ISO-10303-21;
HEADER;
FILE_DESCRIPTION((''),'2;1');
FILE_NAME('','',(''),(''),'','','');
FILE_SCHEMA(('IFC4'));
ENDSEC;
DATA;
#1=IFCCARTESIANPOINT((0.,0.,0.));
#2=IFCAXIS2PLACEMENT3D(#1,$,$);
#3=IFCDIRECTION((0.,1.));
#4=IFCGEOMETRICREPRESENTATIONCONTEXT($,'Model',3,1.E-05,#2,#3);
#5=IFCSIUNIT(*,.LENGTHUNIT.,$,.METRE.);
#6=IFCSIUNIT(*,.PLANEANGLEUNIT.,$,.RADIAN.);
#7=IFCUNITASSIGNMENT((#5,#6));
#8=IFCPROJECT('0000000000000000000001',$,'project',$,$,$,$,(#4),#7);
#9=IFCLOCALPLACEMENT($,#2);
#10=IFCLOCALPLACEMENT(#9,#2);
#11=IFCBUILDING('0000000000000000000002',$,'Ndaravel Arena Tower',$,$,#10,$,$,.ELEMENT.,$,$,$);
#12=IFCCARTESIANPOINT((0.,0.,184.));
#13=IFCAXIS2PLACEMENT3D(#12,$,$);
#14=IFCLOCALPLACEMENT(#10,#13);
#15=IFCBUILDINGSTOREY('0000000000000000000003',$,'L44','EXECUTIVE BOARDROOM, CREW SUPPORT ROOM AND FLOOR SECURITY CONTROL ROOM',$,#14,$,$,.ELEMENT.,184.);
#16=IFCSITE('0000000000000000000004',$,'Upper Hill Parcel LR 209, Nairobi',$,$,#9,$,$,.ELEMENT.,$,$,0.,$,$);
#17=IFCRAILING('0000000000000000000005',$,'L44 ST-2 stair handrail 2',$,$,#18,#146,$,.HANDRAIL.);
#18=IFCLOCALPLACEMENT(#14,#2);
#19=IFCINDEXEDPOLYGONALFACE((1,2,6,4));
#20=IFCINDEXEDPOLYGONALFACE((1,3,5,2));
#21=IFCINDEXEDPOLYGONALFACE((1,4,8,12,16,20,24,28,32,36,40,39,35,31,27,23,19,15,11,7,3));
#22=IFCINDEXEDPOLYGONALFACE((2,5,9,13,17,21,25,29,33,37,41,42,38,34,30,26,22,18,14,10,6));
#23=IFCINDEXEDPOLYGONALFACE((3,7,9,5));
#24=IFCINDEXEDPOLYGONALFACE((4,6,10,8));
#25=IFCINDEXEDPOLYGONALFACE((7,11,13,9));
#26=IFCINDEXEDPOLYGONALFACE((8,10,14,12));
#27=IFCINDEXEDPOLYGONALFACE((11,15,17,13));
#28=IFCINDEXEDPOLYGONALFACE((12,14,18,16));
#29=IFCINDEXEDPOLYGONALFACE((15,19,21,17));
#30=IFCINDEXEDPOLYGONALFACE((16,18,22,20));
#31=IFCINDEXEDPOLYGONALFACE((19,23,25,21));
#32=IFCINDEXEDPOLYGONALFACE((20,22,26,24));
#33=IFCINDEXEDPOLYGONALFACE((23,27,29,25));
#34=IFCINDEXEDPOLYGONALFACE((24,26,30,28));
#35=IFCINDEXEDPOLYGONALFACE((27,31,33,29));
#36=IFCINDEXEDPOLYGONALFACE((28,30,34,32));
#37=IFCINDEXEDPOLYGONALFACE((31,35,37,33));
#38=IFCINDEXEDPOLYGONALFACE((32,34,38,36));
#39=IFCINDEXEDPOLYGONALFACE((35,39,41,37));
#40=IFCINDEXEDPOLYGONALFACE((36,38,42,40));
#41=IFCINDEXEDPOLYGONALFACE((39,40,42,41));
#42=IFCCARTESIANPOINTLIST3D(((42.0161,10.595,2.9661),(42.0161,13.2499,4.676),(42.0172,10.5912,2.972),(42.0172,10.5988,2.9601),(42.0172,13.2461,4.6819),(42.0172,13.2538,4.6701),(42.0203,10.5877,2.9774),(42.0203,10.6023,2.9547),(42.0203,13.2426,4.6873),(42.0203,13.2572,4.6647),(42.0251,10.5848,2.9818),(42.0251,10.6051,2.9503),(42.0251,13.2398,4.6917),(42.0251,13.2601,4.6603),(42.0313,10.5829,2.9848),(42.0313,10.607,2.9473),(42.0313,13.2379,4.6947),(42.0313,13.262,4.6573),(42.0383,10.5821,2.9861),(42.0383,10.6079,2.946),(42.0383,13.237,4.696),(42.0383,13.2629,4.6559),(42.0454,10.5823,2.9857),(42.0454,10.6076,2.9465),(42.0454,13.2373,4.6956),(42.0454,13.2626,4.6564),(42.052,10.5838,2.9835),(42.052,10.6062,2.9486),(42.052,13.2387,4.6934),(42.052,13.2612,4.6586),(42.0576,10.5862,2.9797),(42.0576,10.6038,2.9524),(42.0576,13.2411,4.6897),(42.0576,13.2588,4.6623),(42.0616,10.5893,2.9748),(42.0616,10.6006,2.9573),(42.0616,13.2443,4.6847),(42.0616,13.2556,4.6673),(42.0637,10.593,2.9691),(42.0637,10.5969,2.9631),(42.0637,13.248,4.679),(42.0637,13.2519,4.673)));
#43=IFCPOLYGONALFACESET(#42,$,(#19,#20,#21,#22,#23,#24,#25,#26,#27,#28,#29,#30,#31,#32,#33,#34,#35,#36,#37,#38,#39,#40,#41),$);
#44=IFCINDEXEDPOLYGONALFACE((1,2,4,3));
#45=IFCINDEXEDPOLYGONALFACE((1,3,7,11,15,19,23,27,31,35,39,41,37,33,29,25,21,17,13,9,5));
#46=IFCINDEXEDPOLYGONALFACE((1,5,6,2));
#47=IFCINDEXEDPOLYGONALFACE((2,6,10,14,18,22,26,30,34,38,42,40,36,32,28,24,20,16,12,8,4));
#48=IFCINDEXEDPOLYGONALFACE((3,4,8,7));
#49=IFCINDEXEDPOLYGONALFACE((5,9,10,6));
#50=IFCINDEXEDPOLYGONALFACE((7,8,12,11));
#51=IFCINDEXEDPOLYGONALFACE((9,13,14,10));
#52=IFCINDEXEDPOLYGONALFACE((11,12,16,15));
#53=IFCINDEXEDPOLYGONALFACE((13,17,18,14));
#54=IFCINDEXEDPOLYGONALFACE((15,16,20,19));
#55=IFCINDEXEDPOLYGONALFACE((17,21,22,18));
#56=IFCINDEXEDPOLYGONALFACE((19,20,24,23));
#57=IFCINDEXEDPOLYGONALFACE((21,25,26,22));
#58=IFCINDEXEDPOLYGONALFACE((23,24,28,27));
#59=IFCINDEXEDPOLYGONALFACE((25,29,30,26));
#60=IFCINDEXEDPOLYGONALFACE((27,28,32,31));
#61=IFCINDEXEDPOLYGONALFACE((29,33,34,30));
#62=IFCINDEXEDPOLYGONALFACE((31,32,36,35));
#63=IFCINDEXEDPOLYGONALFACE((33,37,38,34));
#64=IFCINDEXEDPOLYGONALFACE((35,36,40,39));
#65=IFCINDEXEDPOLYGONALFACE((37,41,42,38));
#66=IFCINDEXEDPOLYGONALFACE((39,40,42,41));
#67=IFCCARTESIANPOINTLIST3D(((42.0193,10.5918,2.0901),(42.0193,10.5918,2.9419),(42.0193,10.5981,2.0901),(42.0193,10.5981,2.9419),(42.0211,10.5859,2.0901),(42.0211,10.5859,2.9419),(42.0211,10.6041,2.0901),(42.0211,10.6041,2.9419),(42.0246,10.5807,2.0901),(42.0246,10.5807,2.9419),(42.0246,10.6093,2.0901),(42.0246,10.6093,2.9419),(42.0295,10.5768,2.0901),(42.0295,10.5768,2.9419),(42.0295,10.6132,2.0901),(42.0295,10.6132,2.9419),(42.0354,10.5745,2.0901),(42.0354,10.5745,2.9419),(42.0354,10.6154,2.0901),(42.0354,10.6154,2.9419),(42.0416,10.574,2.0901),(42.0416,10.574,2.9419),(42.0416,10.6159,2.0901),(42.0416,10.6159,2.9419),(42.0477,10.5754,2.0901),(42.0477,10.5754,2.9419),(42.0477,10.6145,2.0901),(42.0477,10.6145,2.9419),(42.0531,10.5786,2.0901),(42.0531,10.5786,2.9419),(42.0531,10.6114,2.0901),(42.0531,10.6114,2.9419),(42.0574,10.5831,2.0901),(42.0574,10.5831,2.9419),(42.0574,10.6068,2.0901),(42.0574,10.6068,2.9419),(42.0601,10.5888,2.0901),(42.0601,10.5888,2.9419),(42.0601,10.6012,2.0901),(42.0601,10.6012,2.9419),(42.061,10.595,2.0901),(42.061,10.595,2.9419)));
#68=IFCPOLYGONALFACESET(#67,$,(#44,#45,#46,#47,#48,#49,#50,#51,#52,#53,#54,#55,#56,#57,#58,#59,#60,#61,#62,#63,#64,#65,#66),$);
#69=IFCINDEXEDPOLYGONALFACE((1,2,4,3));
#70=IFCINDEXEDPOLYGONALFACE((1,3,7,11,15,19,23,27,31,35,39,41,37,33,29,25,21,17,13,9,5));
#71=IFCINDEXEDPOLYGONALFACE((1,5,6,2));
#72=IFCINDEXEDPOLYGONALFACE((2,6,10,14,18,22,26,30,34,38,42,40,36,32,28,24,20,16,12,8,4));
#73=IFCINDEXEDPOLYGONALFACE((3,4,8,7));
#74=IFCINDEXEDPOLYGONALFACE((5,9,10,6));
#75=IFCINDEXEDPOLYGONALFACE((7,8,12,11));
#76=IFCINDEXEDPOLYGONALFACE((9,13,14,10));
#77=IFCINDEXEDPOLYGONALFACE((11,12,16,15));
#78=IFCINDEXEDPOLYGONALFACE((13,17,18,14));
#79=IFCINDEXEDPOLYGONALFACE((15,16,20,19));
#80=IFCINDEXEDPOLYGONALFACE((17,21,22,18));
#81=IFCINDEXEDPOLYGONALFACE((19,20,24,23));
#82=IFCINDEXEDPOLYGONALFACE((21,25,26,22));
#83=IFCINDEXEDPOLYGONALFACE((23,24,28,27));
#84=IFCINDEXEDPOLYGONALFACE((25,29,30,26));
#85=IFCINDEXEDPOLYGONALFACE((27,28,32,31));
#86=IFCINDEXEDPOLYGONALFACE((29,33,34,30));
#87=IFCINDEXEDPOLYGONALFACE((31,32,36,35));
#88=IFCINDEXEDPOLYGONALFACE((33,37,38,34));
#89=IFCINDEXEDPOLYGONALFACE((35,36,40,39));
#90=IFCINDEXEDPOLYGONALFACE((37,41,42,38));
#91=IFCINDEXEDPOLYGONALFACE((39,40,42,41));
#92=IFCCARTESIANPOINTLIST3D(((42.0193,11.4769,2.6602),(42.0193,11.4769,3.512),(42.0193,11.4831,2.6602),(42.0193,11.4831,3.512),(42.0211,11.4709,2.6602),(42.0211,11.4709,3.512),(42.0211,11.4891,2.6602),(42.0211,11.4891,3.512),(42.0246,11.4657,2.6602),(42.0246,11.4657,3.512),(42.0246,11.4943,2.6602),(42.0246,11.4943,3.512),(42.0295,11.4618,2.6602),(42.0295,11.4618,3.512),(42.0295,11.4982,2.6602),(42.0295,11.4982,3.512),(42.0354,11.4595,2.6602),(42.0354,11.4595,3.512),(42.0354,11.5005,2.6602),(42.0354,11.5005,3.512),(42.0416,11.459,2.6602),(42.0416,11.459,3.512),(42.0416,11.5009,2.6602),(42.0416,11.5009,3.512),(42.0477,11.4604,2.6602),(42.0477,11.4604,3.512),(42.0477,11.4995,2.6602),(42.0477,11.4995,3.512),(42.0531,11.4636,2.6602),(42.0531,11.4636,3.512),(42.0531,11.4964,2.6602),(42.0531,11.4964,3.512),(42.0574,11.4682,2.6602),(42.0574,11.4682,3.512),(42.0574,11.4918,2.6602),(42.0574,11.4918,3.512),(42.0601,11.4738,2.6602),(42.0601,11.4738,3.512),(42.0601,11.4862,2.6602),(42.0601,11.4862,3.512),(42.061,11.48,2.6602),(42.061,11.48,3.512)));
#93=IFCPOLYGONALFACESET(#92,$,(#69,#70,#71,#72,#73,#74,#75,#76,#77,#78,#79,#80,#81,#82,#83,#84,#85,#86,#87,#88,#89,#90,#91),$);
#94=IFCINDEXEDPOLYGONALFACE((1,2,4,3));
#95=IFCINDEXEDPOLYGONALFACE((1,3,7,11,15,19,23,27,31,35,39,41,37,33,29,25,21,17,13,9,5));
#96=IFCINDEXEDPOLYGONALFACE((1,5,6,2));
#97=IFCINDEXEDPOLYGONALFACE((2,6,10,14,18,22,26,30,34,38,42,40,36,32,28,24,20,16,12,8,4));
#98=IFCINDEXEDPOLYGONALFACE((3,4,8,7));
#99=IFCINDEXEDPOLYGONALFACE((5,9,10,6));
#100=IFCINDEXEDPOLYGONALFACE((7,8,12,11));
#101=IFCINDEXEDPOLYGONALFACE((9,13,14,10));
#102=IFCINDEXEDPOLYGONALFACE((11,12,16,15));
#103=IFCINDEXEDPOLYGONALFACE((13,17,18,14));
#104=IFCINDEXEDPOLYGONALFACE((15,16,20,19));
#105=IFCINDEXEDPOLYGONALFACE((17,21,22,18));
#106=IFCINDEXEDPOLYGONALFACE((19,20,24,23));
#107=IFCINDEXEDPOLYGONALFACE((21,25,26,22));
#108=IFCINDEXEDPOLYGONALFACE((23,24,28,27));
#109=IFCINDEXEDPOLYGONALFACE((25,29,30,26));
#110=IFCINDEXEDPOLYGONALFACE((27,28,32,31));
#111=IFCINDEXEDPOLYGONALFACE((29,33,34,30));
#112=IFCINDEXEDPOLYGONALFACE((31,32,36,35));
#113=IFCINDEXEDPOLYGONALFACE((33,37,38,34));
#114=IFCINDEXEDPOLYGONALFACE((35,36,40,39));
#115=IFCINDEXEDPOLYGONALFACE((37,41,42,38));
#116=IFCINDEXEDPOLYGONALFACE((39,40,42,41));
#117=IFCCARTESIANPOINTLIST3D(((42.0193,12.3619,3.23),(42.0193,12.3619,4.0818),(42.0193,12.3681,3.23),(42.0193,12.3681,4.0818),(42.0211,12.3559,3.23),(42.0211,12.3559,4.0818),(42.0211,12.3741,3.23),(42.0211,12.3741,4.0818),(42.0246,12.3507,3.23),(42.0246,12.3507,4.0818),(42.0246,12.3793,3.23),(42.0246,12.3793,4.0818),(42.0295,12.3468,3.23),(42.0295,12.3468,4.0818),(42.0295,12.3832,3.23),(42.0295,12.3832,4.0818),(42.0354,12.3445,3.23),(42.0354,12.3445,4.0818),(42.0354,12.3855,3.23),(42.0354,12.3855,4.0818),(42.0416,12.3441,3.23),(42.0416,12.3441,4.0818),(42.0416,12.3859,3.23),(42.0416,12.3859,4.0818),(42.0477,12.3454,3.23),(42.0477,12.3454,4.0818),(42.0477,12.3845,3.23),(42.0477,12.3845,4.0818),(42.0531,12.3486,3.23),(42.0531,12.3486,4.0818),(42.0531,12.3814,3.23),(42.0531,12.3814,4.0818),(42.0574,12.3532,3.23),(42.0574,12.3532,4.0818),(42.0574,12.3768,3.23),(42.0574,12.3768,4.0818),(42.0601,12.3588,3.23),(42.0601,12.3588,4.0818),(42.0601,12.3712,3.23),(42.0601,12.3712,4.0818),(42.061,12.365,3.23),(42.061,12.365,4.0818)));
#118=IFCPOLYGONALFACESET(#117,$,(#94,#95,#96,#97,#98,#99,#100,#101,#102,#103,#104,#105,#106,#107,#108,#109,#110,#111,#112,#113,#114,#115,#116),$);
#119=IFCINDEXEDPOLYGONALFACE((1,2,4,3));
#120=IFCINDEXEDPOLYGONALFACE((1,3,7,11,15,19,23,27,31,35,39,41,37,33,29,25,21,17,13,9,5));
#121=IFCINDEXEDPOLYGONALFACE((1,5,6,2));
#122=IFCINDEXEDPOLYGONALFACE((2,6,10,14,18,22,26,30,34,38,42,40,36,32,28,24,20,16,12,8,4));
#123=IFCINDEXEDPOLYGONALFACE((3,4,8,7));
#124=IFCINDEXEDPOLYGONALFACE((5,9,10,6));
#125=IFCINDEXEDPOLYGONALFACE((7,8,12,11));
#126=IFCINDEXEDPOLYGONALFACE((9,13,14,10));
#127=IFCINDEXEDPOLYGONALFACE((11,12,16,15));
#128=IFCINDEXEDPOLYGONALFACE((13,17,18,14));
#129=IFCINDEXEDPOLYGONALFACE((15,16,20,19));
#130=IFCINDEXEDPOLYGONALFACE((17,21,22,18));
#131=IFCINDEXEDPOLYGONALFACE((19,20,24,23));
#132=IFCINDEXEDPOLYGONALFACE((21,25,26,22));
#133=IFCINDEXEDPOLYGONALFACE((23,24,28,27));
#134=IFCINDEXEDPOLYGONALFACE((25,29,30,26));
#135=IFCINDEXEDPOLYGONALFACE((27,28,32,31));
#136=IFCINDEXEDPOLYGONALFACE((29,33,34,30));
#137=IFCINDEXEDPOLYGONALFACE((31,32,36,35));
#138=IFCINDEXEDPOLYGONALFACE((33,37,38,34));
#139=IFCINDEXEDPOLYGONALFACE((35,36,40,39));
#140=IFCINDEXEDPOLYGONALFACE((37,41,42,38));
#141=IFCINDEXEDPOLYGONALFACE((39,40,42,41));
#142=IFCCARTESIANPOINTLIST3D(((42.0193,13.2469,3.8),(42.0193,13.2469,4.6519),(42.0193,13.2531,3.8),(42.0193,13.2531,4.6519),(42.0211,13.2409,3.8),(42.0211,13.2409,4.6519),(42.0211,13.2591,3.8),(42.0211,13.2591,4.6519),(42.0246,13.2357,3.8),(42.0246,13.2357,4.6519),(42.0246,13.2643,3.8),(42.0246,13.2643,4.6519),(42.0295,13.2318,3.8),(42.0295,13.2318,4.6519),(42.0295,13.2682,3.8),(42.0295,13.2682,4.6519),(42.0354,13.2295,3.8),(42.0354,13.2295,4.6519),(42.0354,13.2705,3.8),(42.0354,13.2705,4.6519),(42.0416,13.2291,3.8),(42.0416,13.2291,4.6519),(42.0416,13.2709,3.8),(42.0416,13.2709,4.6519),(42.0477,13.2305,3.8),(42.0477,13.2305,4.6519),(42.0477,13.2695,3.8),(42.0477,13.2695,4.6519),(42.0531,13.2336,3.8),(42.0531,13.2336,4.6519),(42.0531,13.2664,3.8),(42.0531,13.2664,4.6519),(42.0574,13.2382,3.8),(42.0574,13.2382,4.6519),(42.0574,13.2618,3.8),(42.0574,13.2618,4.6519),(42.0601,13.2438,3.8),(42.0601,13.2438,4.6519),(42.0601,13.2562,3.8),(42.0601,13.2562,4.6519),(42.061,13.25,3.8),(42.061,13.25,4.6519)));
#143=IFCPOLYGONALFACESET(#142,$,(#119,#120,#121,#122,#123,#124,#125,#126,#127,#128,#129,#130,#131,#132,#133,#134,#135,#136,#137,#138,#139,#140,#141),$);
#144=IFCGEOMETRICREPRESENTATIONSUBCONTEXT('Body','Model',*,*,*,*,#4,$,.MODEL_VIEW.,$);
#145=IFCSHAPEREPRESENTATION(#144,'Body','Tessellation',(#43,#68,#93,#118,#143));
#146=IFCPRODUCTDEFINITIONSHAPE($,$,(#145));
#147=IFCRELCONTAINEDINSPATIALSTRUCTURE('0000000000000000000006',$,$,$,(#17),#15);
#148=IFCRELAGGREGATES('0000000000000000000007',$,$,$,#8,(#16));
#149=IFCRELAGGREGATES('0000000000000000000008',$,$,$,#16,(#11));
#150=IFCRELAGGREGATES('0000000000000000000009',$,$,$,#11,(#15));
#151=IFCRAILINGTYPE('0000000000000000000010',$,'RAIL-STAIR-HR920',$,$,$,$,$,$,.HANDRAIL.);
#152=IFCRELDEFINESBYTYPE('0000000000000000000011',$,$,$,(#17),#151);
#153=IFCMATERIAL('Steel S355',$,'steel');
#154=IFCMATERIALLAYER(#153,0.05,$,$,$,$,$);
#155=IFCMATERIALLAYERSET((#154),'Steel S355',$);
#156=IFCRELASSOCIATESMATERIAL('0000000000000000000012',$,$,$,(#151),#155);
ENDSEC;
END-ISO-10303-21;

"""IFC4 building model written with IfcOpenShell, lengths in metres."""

from ifc_helpers import new_model, si_unit, direction, frame, origin, origin_2d, place, context, subcontext, project, spatial, circle, extrude, material, layer, layer_set, type_object, element, save


model = new_model("IFC4")

# Units and contexts
model_context = context("Model", 3, precision=1e-05, world=origin(), true_north=direction((0.0, 1.0)))
body_context = subcontext(model_context, "Body", "Model", "MODEL_VIEW")
ifc_project = project(units=[si_unit("LENGTHUNIT", "METRE"), si_unit("PLANEANGLEUNIT", "RADIAN")], contexts=[model_context])

# Site, building, storey
site_placement = place(None, origin())
site = spatial("IfcSite", under=ifc_project, at=site_placement, Name="Upper Hill Parcel LR 209, Nairobi", CompositionType="ELEMENT", RefElevation=0.0)
building_placement = place(site_placement, origin())
building = spatial("IfcBuilding", under=site, at=building_placement, Name="Ndaravel Arena Tower", CompositionType="ELEMENT")
storey_placement = place(building_placement, frame((0.0, 0.0, 184.0)))
storey = spatial("IfcBuildingStorey", under=building, at=storey_placement, Name="L44", Description="EXECUTIVE BOARDROOM, CREW SUPPORT ROOM AND FLOOR SECURITY CONTROL ROOM", CompositionType="ELEMENT", Elevation=184.0)

# Railing
ifc_material_1 = material(Name="Steel S355", Category="steel")
ifc_layer_1 = layer(ifc_material_1, 0.05)
ifc_layer_set_1 = layer_set([ifc_layer_1], Name="Steel S355")
railing_type_1 = type_object("IfcRailingType", Name="RAIL-STAIR-HR920", PredefinedType="HANDRAIL", material=ifc_layer_set_1)
railing_1_placement = place(storey_placement, frame((42.04, 10.595, 2.0901)))
element("IfcRailing", 1, at=railing_1_placement, inside=storey, type_object=railing_type_1, Name="L44 ST-2 stair handrail 2", PredefinedType="HANDRAIL", context=body_context, shape_type="SweptSolid", body=[
    extrude(circle(Radius=0.0239, at=origin_2d()), frame((0.0, 0.0, 0.876), z_axis=(0.0, 0.840724, 0.541465), x_axis=(-1.0, 0.0, 0.0)), (0.0, 0.0, 1.0), 3.158),
    extrude(circle(Radius=0.021, at=origin_2d()), origin(), (0.0, 0.0, 1.0), 0.8518),
    extrude(circle(Radius=0.021, at=origin_2d()), frame((0.0, 0.885, 0.5701)), (0.0, 0.0, 1.0), 0.8518),
    extrude(circle(Radius=0.021, at=origin_2d()), frame((0.0, 1.77, 1.1399)), (0.0, 0.0, 1.0), 0.8518),
    extrude(circle(Radius=0.021, at=origin_2d()), frame((0.0, 2.655, 1.71)), (0.0, 0.0, 1.0), 0.8518),
])

save(model, "model.ifc")
